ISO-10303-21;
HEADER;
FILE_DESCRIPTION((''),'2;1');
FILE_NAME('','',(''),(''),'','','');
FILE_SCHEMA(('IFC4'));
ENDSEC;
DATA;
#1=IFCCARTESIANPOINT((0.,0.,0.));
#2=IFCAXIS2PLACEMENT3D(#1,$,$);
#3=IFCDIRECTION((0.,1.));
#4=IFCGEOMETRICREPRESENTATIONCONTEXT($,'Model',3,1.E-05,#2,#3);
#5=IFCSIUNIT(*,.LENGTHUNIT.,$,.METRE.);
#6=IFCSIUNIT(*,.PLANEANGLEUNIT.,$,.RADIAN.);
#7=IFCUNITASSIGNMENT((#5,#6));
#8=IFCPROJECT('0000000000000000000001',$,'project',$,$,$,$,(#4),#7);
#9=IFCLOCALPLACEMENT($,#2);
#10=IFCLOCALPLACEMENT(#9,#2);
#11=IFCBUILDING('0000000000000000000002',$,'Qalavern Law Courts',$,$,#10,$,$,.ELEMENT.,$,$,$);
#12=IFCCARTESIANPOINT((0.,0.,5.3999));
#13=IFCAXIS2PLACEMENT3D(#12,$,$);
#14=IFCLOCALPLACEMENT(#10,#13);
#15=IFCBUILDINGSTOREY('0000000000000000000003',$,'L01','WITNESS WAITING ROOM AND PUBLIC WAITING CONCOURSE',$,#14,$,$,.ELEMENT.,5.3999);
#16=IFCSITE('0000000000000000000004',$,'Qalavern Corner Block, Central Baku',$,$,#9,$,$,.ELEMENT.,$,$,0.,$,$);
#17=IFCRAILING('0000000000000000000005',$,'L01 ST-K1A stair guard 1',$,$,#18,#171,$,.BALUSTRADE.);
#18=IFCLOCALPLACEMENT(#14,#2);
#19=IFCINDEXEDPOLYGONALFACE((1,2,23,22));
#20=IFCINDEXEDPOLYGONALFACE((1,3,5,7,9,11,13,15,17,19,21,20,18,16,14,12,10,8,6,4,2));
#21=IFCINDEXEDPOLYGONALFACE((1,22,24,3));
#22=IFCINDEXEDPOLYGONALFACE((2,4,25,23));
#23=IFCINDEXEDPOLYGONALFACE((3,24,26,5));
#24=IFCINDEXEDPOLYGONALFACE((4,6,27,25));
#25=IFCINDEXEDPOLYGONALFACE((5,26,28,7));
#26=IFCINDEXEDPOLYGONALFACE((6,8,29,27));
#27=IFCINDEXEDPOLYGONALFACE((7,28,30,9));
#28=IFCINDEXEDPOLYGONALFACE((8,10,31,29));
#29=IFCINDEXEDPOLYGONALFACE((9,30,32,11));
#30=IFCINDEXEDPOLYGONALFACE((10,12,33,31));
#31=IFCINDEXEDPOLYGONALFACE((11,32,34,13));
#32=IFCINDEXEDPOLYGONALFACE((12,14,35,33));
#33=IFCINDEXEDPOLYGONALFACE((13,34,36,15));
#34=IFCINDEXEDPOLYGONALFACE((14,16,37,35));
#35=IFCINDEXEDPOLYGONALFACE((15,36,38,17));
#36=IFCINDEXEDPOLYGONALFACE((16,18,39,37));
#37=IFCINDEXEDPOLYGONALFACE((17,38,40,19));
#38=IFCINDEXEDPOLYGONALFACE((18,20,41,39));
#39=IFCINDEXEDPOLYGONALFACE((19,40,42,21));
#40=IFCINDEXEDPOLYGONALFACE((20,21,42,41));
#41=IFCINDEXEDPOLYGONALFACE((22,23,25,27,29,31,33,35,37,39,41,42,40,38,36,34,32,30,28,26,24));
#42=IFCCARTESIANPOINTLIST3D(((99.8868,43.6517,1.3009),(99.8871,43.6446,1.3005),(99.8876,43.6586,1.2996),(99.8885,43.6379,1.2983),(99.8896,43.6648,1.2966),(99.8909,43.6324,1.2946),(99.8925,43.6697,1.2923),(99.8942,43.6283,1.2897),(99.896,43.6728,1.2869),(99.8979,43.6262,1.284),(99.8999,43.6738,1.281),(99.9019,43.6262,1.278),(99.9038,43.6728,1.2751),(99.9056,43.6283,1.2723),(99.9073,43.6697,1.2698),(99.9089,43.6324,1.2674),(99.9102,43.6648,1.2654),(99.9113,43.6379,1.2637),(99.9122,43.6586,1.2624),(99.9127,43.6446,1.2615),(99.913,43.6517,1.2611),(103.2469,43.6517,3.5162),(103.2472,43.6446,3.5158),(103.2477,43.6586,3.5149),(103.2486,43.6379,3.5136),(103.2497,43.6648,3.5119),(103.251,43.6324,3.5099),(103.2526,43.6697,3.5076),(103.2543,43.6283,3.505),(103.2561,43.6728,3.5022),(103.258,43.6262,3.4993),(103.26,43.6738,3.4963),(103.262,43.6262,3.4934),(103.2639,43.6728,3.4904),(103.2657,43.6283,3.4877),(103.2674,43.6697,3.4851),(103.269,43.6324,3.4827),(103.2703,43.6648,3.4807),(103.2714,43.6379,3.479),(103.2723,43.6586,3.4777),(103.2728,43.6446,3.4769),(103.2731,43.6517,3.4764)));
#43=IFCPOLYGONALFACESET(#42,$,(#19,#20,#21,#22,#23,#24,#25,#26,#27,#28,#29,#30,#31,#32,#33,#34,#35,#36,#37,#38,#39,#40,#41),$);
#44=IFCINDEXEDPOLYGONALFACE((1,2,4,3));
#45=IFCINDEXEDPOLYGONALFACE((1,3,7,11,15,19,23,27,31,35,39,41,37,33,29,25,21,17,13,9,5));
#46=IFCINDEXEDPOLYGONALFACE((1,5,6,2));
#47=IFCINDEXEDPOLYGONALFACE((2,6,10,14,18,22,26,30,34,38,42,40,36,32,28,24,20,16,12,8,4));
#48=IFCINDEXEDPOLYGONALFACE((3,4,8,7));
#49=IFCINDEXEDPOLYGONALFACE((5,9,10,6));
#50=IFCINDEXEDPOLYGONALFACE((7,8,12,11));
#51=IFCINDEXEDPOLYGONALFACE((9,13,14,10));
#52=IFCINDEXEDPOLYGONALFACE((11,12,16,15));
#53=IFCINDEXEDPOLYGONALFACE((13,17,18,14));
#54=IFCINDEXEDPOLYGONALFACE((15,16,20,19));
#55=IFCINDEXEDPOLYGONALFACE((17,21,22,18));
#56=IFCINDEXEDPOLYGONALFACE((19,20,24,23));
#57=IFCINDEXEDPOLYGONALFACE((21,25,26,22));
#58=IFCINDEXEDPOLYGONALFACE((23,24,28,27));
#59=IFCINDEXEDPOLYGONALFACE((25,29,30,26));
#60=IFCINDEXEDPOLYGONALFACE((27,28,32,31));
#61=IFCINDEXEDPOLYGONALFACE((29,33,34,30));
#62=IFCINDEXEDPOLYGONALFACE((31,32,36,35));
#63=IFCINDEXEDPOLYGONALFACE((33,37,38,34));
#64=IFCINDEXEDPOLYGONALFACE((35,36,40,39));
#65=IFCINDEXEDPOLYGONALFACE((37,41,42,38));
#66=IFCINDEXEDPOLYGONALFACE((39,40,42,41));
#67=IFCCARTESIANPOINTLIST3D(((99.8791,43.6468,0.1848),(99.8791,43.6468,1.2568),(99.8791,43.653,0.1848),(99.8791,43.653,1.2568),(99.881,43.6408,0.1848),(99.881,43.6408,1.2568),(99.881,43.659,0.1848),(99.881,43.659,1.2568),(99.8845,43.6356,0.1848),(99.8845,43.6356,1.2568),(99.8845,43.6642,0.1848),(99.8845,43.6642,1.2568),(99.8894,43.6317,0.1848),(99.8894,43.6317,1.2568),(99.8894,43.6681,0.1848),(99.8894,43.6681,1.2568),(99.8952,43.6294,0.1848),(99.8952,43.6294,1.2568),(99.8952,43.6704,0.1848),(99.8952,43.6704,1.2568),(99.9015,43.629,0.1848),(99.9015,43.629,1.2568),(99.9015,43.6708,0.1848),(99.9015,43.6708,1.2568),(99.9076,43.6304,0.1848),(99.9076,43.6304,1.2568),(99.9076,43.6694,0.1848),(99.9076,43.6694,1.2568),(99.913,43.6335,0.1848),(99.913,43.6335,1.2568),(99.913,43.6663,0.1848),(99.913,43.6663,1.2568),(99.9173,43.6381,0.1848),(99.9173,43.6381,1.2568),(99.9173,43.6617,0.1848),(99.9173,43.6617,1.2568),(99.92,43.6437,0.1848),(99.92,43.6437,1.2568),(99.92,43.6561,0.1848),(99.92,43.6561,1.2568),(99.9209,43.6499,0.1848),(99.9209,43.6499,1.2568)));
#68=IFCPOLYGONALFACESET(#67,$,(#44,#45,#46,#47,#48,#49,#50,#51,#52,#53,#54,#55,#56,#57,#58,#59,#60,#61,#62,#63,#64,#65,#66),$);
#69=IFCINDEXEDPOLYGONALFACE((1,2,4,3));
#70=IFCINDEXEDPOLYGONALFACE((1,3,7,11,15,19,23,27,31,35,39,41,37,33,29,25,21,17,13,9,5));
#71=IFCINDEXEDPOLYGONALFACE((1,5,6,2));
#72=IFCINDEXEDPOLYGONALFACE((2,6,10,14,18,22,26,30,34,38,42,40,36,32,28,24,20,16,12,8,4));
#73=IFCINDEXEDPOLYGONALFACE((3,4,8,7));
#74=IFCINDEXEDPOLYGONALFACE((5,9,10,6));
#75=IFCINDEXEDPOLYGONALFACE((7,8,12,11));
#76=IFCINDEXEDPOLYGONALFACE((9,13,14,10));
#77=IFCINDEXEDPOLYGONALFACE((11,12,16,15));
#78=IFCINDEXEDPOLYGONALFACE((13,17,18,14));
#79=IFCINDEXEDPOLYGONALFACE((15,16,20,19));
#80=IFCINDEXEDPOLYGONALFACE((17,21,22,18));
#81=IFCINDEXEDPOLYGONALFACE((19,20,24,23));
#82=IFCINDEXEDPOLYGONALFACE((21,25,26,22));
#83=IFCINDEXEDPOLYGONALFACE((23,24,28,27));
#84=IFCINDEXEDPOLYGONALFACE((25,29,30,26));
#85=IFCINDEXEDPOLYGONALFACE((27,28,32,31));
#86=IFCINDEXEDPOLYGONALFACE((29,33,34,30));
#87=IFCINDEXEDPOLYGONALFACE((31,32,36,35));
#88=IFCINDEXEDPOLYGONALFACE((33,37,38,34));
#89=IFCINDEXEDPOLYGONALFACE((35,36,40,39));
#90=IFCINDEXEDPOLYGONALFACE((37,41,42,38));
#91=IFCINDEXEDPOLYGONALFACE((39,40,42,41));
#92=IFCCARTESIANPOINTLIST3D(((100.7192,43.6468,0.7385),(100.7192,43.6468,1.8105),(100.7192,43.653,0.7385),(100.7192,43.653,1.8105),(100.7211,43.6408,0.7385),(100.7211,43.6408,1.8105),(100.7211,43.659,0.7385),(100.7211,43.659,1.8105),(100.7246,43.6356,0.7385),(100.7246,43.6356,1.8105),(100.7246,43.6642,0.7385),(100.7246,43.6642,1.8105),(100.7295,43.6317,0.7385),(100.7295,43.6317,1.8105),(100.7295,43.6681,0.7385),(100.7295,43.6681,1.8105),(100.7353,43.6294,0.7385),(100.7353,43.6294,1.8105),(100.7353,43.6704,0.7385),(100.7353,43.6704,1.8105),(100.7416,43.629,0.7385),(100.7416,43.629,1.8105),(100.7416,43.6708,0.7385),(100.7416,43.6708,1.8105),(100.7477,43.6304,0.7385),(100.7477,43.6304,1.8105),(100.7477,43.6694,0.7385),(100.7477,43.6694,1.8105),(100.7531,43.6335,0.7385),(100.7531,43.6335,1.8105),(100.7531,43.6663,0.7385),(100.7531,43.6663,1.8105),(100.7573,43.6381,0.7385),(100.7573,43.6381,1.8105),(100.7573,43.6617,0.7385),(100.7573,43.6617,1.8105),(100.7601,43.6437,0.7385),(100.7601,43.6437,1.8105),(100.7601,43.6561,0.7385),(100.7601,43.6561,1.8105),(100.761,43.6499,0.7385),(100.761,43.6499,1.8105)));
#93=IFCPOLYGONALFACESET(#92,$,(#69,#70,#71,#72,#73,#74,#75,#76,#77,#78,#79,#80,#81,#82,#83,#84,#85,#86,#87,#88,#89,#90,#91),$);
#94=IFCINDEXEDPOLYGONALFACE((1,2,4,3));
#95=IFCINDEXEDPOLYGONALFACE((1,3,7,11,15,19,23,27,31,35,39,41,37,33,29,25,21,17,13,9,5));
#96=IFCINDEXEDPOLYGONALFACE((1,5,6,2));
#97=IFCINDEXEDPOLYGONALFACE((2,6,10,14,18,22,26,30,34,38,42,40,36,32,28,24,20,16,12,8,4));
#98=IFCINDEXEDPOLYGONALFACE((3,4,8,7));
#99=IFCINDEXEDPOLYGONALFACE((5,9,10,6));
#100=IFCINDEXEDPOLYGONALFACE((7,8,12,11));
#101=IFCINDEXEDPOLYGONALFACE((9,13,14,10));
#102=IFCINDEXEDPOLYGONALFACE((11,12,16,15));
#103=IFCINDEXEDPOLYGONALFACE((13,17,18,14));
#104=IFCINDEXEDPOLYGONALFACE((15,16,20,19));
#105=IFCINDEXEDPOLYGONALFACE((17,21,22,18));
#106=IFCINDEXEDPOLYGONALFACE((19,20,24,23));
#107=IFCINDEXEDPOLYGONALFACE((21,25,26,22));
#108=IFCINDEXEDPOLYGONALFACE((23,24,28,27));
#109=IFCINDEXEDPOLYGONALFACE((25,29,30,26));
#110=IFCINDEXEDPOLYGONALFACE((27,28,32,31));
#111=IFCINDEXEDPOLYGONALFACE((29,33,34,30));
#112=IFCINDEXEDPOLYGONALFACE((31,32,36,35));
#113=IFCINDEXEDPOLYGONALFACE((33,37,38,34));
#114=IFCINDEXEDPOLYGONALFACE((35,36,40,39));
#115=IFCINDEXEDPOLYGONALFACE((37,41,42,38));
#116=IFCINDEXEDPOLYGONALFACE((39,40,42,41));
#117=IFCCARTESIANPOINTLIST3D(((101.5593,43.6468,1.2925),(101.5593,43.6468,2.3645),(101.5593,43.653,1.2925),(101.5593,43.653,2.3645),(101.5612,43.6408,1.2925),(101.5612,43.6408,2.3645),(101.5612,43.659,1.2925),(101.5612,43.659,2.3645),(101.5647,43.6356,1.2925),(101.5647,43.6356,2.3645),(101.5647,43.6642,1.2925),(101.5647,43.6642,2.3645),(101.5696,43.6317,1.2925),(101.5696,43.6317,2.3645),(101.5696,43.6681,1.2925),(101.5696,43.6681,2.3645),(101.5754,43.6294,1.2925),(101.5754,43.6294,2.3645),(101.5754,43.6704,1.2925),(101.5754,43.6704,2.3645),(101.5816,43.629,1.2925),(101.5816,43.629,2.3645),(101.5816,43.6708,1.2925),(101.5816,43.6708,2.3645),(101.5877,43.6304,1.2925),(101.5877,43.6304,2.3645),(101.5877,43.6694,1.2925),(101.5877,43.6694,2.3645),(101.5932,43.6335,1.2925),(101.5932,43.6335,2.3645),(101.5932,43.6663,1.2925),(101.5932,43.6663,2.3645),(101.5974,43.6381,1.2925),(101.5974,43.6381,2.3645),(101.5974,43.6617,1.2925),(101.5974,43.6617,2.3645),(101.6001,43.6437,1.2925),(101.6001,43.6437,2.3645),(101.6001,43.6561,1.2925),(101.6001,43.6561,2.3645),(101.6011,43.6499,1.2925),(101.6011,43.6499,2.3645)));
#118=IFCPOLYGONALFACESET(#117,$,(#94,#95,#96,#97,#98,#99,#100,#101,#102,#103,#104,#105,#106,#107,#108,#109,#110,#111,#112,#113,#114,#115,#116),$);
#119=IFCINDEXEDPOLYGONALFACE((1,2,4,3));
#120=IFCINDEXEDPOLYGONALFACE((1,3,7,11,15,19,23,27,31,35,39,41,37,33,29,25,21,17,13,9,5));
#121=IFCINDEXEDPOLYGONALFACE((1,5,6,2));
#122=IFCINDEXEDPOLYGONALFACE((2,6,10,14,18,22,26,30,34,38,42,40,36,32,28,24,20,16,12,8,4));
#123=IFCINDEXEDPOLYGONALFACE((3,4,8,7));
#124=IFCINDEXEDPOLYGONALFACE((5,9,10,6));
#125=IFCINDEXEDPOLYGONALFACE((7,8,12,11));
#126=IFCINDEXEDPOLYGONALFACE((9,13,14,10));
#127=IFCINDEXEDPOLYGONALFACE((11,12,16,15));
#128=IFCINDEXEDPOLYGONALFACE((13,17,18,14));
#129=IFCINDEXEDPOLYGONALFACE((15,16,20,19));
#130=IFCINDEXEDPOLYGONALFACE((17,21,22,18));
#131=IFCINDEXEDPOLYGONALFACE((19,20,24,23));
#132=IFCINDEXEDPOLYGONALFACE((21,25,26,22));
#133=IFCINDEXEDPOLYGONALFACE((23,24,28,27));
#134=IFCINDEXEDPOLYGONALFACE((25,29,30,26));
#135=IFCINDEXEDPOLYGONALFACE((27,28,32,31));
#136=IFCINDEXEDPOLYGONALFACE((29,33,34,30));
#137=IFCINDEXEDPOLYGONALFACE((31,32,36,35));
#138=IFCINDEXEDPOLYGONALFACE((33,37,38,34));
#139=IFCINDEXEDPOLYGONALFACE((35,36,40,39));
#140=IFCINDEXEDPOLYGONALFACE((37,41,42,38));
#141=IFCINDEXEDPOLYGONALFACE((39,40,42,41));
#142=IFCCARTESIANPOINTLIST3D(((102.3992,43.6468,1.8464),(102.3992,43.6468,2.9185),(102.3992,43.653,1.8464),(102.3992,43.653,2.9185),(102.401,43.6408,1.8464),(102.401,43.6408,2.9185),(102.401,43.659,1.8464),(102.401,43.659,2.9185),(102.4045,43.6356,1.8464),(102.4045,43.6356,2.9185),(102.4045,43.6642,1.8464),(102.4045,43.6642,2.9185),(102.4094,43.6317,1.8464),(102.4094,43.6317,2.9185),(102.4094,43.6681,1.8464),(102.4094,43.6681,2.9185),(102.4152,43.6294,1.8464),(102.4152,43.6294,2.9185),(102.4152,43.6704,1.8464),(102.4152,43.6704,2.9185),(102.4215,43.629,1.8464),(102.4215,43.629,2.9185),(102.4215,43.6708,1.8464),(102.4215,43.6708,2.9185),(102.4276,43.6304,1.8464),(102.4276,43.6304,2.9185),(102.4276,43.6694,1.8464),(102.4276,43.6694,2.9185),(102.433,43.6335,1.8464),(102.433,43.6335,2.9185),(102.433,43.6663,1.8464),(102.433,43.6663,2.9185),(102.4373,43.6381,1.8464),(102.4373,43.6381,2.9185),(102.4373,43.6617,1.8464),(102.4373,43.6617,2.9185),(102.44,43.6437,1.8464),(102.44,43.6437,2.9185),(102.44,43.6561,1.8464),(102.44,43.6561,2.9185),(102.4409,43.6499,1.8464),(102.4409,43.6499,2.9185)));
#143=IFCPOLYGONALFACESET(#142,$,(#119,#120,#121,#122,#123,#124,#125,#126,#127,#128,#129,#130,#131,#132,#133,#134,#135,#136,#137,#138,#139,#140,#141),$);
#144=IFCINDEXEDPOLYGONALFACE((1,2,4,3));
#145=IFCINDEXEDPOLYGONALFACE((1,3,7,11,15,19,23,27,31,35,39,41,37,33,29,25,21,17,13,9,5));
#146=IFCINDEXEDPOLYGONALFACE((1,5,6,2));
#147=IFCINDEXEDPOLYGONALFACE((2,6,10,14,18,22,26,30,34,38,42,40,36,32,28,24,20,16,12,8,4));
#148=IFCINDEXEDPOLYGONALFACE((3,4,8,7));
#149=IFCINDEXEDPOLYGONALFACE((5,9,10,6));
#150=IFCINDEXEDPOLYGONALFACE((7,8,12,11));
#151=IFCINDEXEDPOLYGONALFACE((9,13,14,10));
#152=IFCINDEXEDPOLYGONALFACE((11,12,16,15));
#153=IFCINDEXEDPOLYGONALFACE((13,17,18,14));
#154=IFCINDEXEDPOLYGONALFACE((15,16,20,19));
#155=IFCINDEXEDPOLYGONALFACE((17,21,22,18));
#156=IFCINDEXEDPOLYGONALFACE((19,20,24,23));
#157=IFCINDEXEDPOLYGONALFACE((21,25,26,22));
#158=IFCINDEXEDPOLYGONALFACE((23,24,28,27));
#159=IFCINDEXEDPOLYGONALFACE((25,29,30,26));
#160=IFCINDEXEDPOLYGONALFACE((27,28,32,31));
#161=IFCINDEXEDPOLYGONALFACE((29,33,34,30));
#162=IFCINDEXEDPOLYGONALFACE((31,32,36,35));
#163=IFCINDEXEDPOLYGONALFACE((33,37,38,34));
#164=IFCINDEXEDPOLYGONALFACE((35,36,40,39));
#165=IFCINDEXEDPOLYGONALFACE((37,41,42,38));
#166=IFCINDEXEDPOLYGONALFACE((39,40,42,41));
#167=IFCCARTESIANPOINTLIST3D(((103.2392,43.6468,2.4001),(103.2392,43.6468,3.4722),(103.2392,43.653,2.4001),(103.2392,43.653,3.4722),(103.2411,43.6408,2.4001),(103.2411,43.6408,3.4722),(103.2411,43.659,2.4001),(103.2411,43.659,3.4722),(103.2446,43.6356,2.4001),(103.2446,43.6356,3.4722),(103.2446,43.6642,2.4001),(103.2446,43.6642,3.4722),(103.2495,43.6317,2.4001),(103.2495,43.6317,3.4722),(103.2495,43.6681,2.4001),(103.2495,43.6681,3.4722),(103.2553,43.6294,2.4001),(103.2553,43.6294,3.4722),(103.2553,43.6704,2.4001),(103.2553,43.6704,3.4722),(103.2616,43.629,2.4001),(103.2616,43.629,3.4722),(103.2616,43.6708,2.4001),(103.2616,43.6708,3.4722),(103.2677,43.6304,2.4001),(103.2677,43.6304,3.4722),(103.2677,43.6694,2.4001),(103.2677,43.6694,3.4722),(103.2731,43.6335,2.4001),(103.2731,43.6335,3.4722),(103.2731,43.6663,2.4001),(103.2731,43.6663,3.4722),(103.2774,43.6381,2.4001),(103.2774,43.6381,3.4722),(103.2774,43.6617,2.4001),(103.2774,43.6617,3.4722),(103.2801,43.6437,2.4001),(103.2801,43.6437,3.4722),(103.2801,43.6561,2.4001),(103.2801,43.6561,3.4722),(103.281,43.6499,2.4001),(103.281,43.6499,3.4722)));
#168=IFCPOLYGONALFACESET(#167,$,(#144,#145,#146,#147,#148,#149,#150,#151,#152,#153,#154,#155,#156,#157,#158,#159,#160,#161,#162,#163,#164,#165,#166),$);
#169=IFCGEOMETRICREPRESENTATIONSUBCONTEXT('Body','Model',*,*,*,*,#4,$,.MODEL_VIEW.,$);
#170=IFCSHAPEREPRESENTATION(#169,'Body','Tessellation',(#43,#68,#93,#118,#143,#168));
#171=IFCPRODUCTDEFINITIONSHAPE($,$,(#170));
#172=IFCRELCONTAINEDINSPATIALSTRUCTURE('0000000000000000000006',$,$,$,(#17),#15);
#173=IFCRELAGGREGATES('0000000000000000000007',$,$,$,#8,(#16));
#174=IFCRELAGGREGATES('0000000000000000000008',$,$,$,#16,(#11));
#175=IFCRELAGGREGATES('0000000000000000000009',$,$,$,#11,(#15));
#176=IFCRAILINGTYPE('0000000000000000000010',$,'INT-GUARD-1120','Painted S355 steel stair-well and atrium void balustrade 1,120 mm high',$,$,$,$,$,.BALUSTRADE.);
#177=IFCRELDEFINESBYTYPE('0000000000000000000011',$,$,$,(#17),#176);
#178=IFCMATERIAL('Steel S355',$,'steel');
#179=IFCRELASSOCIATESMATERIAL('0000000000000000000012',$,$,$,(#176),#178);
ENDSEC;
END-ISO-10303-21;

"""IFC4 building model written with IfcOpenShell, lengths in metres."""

from ifc_helpers import new_model, si_unit, direction, frame, origin, origin_2d, place, context, subcontext, project, spatial, circle, extrude, material, type_object, element, save


model = new_model("IFC4")

# Units and contexts
model_context = context("Model", 3, precision=1e-05, world=origin(), true_north=direction((0.0, 1.0)))
body_context = subcontext(model_context, "Body", "Model", "MODEL_VIEW")
ifc_project = project(units=[si_unit("LENGTHUNIT", "METRE"), si_unit("PLANEANGLEUNIT", "RADIAN")], contexts=[model_context])

# Site, building, storey
site_placement = place(None, origin())
site = spatial("IfcSite", under=ifc_project, at=site_placement, Name="Qalavern Corner Block, Central Baku", CompositionType="ELEMENT", RefElevation=0.0)
building_placement = place(site_placement, origin())
building = spatial("IfcBuilding", under=site, at=building_placement, Name="Qalavern Law Courts", CompositionType="ELEMENT")
storey_placement = place(building_placement, frame((0.0, 0.0, 5.3999)))
storey = spatial("IfcBuildingStorey", under=building, at=storey_placement, Name="L01", Description="WITNESS WAITING ROOM AND PUBLIC WAITING CONCOURSE", CompositionType="ELEMENT", Elevation=5.3999)

# Shared definitions
ifc_material_1 = material(Name="Steel S355", Category="steel")

# Railing
railing_type = type_object("IfcRailingType", Name="INT-GUARD-1120", Description="Painted S355 steel stair-well and atrium void balustrade 1,120 mm high", PredefinedType="BALUSTRADE", material=ifc_material_1)
railing_1_placement = place(storey_placement, frame((99.8999, 43.6499, 0.1848)))
element("IfcRailing", 1, at=railing_1_placement, inside=storey, type_object=railing_type, Name="L01 ST-K1A stair guard 1", PredefinedType="BALUSTRADE", context=body_context, shape_type="SweptSolid", body=[
    extrude(circle(Radius=0.0239, at=origin_2d()), frame((0.0, 0.0, 1.0962), z_axis=(0.834876, 0.0, 0.550437), x_axis=(0.0, 1.0, 0.0)), (0.0, 0.0, 1.0), 4.0247),
    extrude(circle(Radius=0.021, at=origin_2d()), origin(), (0.0, 0.0, 1.0), 1.072),
    extrude(circle(Radius=0.021, at=origin_2d()), frame((0.8401, 0.0, 0.5537)), (0.0, 0.0, 1.0), 1.072),
    extrude(circle(Radius=0.021, at=origin_2d()), frame((1.6802, 0.0, 1.1077)), (0.0, 0.0, 1.0), 1.072),
    extrude(circle(Radius=0.021, at=origin_2d()), frame((2.52, 0.0, 1.6616)), (0.0, 0.0, 1.0), 1.072),
    extrude(circle(Radius=0.021, at=origin_2d()), frame((3.3601, 0.0, 2.2153)), (0.0, 0.0, 1.0), 1.072),
])

save(model, "model.ifc")
